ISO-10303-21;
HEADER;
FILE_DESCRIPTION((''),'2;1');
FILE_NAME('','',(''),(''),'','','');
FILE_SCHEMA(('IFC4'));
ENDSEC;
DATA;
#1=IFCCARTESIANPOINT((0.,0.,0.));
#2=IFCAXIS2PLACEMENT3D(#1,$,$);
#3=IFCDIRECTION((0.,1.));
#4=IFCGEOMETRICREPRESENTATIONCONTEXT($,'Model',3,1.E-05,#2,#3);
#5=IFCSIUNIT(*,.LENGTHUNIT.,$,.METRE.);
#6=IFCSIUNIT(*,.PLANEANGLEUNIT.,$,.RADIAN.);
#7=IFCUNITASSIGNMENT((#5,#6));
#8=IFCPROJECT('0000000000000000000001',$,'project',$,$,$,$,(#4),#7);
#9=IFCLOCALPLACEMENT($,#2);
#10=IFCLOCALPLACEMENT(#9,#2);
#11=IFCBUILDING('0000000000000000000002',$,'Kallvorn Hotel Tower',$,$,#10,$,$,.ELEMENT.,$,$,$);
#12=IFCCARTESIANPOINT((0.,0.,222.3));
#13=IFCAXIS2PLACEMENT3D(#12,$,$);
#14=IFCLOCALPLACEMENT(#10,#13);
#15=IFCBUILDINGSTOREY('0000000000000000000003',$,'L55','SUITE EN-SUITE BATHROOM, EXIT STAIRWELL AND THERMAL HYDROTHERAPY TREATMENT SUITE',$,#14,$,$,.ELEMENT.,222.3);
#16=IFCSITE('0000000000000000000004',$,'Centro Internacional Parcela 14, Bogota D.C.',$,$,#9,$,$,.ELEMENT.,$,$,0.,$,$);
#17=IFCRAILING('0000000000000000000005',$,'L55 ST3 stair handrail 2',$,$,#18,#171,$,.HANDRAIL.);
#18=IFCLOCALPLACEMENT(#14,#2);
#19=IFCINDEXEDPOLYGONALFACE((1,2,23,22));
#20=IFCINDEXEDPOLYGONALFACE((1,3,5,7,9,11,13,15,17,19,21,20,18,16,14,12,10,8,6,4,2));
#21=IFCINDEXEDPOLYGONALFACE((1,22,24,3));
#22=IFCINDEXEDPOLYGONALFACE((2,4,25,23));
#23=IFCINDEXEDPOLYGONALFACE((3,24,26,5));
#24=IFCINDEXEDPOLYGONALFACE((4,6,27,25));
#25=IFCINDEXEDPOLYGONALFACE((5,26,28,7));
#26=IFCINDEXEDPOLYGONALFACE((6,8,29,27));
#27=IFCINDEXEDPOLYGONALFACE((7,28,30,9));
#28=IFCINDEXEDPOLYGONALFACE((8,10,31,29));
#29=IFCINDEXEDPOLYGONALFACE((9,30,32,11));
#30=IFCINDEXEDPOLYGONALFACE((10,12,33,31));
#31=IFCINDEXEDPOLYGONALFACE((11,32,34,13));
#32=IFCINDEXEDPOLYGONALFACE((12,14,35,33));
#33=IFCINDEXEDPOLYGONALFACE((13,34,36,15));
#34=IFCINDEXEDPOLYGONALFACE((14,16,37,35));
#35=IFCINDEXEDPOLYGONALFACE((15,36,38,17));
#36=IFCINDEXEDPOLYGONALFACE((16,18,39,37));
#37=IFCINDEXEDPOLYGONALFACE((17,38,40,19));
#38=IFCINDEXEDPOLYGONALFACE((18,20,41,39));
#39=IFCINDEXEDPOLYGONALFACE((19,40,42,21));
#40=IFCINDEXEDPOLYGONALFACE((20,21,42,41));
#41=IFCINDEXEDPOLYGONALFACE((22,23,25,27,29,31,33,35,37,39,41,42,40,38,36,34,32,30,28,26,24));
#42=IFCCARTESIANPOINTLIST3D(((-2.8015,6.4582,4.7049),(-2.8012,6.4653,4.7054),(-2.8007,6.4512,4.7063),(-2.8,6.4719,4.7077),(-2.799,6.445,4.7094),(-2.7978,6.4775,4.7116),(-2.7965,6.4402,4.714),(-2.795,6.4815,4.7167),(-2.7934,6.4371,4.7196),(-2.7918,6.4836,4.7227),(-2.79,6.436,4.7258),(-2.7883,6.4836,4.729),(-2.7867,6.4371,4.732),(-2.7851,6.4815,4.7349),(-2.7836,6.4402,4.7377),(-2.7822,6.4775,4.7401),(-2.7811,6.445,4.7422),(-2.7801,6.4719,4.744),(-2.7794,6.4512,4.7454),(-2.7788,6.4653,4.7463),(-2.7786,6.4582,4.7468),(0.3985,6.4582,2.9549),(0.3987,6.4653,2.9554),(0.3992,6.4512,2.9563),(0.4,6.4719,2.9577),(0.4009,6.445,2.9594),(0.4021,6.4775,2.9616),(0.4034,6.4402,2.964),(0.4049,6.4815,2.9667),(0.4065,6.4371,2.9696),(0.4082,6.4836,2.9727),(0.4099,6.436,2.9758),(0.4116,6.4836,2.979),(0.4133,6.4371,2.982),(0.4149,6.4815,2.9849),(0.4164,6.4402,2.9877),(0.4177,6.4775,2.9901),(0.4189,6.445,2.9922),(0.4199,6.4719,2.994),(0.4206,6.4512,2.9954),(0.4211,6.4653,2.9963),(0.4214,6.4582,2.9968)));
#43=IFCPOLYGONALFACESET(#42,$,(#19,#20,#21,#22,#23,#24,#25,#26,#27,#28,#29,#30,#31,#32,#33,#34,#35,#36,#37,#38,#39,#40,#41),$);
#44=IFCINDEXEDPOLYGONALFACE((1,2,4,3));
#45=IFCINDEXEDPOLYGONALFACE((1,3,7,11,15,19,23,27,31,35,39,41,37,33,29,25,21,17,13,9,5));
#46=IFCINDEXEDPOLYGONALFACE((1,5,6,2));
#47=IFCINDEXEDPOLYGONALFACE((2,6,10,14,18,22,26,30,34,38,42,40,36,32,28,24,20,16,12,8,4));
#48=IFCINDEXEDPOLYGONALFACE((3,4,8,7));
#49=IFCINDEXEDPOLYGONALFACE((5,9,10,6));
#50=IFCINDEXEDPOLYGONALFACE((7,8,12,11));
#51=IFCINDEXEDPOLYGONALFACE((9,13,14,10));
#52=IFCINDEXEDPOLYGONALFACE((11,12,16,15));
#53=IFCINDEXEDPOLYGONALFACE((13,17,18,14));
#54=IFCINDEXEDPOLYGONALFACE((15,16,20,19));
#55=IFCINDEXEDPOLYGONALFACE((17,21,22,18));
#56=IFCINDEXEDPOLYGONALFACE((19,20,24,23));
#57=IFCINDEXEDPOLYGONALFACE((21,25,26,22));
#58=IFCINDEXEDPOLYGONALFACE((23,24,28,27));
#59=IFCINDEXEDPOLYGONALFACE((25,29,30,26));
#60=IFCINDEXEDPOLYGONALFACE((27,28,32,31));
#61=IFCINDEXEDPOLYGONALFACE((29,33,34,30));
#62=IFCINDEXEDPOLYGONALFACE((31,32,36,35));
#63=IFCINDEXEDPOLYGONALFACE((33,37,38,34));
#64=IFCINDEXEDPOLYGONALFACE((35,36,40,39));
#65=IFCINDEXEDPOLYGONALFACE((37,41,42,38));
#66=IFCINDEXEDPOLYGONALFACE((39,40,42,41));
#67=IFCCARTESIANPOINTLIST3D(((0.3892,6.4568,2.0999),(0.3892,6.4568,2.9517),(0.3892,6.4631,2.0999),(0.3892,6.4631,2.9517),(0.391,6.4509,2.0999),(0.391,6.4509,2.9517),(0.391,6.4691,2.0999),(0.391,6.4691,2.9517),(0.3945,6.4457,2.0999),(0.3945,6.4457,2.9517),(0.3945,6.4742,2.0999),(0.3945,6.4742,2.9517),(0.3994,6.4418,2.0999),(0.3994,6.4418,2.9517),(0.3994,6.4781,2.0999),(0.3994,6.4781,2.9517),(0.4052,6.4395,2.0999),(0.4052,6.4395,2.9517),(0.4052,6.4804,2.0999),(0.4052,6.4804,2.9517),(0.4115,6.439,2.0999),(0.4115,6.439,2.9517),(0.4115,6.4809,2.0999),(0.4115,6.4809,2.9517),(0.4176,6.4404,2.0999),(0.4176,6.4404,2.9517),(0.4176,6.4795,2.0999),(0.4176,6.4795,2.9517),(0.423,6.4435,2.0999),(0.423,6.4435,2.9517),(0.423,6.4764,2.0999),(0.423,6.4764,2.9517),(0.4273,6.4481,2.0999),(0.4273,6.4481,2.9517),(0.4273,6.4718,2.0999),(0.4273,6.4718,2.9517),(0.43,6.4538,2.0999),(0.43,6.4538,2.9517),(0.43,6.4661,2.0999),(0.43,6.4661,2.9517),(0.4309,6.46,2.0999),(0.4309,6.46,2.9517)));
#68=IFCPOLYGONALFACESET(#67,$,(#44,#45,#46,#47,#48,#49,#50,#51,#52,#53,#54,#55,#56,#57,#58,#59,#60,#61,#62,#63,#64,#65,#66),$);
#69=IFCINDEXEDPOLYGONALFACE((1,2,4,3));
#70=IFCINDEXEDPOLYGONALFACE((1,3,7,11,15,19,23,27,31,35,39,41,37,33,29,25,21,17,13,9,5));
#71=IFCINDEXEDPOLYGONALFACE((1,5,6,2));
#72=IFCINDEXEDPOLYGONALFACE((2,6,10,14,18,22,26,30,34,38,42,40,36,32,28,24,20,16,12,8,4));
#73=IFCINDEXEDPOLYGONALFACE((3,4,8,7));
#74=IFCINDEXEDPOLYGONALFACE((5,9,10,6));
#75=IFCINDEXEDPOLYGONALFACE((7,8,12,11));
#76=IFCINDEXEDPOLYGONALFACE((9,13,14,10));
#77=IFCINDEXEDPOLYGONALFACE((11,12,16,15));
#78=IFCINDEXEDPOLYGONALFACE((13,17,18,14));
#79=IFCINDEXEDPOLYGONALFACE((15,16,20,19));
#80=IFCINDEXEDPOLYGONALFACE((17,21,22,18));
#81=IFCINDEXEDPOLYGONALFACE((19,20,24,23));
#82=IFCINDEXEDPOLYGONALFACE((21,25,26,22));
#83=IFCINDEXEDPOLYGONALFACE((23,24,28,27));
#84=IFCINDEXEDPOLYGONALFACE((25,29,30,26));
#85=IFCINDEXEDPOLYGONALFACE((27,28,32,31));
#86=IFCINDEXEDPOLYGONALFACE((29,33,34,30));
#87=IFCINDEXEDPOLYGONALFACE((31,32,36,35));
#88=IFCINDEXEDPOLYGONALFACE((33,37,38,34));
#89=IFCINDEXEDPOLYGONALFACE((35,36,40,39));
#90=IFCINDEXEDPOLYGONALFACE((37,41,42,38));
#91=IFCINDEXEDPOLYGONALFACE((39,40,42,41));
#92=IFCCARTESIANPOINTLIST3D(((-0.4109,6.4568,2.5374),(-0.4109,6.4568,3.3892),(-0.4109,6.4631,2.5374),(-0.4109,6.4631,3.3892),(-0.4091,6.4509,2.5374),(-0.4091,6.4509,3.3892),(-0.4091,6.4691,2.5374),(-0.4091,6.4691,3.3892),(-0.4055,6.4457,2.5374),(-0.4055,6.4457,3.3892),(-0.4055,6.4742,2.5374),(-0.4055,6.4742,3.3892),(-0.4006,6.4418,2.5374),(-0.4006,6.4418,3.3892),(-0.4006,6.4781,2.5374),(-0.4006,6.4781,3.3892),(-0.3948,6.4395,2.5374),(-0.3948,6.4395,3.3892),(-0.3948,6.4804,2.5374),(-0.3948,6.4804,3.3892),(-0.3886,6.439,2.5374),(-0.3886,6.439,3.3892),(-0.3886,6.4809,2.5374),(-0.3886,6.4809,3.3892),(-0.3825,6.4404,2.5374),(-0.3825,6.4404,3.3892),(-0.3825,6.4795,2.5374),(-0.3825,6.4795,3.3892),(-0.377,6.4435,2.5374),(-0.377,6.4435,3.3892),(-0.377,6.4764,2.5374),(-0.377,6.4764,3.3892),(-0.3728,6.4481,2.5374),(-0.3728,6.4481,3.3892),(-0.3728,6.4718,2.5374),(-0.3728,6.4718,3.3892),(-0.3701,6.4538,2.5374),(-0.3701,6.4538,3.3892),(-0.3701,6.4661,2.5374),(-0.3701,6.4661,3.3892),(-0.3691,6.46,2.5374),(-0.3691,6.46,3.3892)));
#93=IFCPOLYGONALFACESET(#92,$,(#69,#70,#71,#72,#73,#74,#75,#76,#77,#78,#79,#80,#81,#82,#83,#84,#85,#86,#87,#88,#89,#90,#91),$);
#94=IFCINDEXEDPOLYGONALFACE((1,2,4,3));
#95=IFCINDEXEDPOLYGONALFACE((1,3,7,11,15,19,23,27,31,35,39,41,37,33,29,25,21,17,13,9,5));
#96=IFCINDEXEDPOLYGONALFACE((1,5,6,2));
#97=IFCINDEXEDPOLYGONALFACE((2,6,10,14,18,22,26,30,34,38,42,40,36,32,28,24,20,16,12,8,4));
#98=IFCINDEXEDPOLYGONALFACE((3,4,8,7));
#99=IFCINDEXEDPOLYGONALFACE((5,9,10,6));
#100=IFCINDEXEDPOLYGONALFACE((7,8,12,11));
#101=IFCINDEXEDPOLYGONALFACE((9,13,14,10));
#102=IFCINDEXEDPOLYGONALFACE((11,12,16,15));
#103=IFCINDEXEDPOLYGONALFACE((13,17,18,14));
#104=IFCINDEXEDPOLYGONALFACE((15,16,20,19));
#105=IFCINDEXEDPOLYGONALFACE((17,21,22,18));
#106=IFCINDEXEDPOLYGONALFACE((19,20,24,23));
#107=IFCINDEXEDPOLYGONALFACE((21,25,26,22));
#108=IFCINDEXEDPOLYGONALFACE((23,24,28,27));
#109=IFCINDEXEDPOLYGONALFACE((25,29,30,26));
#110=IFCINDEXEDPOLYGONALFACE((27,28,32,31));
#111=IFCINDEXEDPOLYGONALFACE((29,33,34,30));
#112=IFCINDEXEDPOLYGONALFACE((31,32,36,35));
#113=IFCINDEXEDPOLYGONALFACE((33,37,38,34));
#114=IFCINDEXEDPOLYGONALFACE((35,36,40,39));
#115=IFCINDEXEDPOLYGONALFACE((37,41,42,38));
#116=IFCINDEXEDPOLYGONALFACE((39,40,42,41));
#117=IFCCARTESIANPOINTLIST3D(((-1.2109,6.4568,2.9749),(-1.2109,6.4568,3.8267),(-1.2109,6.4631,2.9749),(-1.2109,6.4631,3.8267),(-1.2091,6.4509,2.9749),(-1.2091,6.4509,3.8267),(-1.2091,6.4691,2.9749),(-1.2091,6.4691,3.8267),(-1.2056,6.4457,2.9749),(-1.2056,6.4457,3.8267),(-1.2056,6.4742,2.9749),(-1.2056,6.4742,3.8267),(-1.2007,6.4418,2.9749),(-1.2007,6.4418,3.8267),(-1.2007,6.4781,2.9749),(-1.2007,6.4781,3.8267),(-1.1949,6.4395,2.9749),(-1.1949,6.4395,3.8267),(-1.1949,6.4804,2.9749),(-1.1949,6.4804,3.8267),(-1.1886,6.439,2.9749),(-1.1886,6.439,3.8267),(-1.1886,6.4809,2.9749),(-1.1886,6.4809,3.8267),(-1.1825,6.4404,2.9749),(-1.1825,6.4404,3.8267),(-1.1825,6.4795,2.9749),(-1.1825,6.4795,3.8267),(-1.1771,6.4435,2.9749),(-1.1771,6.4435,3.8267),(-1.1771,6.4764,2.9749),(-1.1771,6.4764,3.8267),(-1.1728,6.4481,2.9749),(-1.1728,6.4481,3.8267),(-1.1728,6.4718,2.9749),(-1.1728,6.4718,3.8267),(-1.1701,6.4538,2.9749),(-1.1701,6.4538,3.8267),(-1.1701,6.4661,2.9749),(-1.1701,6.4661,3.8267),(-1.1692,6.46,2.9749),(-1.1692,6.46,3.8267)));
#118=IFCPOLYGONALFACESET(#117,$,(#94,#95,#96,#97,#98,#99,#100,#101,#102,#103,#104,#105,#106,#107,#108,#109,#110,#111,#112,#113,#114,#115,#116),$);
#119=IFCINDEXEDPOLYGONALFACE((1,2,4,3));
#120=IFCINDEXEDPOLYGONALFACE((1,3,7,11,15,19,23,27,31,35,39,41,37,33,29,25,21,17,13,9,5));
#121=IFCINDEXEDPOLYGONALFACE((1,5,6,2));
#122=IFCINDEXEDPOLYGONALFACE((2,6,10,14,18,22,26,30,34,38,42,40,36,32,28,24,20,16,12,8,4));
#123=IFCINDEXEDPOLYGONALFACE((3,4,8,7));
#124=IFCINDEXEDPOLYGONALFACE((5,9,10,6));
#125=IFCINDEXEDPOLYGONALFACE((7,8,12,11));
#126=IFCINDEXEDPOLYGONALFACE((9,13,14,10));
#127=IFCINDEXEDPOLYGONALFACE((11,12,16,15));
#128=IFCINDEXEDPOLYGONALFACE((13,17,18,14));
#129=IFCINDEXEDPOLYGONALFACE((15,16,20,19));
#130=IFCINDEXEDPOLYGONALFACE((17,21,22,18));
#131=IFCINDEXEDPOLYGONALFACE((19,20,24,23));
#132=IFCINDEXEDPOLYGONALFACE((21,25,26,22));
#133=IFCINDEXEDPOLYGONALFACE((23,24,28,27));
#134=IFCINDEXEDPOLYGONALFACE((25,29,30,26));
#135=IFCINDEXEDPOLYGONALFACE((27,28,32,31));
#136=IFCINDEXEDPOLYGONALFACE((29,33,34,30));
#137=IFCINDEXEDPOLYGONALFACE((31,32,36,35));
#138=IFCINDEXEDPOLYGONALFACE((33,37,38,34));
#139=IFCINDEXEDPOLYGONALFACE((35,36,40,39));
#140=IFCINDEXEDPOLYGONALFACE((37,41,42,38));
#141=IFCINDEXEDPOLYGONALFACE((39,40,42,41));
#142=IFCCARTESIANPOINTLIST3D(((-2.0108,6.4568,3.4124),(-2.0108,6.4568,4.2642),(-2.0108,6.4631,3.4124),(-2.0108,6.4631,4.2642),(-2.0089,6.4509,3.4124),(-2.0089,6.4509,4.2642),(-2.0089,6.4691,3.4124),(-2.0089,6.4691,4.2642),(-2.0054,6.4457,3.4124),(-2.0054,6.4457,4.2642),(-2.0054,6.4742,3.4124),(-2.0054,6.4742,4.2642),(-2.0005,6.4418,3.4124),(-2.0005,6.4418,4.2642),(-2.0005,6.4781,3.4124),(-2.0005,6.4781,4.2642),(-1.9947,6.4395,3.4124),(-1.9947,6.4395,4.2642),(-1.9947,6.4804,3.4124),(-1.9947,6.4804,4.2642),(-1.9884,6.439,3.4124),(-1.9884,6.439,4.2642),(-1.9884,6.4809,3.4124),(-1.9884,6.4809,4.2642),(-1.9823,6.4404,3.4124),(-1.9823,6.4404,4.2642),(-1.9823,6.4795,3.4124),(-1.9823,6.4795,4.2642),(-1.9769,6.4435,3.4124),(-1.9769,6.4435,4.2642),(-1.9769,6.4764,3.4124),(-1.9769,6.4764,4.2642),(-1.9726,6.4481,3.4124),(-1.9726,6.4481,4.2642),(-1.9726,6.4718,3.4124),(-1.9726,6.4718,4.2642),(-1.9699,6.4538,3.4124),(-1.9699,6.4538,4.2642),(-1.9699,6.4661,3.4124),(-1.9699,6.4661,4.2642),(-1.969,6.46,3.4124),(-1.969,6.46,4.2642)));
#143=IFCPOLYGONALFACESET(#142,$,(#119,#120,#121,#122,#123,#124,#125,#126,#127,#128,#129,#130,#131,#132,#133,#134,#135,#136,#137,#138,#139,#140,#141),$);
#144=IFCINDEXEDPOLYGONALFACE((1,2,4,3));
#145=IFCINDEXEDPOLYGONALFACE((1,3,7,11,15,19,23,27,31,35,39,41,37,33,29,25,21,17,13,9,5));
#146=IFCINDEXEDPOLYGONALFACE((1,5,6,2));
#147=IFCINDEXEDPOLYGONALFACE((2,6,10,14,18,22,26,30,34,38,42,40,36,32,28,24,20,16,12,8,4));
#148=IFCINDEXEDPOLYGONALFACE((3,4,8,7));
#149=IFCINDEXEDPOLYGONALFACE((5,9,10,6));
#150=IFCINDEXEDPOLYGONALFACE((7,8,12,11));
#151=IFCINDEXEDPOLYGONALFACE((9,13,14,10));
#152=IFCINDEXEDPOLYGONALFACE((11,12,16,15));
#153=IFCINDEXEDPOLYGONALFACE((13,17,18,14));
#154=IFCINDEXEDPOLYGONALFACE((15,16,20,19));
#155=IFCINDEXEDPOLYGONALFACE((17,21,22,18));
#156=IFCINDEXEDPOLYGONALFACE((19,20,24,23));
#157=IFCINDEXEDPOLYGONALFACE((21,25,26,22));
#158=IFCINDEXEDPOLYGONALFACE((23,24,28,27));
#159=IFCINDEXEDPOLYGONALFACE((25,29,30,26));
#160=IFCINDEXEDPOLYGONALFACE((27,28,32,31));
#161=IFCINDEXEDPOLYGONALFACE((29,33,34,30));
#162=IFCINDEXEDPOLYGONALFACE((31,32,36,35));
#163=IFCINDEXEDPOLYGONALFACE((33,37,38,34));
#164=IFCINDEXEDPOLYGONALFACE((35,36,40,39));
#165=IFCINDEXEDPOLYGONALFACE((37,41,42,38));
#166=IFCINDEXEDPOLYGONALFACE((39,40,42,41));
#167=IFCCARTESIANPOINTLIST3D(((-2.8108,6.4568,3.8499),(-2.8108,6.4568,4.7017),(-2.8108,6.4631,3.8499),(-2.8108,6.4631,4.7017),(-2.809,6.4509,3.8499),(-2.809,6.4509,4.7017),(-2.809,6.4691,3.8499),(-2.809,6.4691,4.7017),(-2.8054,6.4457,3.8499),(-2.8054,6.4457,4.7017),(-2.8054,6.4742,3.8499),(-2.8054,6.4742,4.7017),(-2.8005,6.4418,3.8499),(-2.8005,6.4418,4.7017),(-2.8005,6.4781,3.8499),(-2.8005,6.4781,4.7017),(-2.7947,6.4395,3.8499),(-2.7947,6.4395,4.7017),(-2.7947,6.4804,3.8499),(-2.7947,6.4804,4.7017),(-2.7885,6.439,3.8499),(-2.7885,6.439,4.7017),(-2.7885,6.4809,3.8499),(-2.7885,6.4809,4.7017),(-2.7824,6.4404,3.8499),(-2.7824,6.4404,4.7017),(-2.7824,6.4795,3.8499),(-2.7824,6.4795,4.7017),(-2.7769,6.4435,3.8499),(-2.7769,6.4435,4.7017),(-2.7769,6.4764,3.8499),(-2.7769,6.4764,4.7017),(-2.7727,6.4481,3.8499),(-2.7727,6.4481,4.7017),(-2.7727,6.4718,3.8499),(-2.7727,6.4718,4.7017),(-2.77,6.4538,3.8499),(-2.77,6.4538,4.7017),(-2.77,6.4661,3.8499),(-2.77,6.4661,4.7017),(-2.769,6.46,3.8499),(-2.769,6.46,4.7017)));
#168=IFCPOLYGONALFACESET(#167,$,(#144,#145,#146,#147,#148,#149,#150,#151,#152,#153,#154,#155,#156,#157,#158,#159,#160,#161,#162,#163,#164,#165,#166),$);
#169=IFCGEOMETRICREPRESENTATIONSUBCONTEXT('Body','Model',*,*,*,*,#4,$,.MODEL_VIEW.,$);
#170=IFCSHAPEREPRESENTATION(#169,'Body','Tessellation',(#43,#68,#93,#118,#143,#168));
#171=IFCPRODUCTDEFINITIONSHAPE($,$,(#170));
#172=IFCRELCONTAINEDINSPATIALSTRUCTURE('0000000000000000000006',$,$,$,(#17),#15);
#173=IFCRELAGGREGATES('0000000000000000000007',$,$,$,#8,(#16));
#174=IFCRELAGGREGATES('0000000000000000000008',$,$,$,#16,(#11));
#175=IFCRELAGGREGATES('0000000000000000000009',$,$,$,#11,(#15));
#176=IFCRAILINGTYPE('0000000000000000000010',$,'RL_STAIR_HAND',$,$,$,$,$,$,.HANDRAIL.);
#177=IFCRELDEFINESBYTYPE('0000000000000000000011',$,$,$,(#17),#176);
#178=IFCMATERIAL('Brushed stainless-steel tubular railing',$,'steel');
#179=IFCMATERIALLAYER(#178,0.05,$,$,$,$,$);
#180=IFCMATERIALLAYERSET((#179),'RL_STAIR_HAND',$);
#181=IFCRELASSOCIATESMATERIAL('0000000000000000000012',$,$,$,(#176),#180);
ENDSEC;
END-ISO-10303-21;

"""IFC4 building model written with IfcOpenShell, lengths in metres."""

from ifc_helpers import new_model, si_unit, direction, frame, origin, origin_2d, place, context, subcontext, project, spatial, circle, extrude, material, layer, layer_set, type_object, element, save


model = new_model("IFC4")

# Units and contexts
model_context = context("Model", 3, precision=1e-05, world=origin(), true_north=direction((0.0, 1.0)))
body_context = subcontext(model_context, "Body", "Model", "MODEL_VIEW")
ifc_project = project(units=[si_unit("LENGTHUNIT", "METRE"), si_unit("PLANEANGLEUNIT", "RADIAN")], contexts=[model_context])

# Site, building, storey
site_placement = place(None, origin())
site = spatial("IfcSite", under=ifc_project, at=site_placement, Name="Centro Internacional Parcela 14, Bogota D.C.", CompositionType="ELEMENT", RefElevation=0.0)
building_placement = place(site_placement, origin())
building = spatial("IfcBuilding", under=site, at=building_placement, Name="Kallvorn Hotel Tower", CompositionType="ELEMENT")
storey_placement = place(building_placement, frame((0.0, 0.0, 222.3)))
storey = spatial("IfcBuildingStorey", under=building, at=storey_placement, Name="L55", Description="SUITE EN-SUITE BATHROOM, EXIT STAIRWELL AND THERMAL HYDROTHERAPY TREATMENT SUITE", CompositionType="ELEMENT", Elevation=222.3)

# Railing
ifc_material_1 = material(Name="Brushed stainless-steel tubular railing", Category="steel")
ifc_layer_1 = layer(ifc_material_1, 0.05)
ifc_layer_set_1 = layer_set([ifc_layer_1], Name="RL_STAIR_HAND")
railing_type_1 = type_object("IfcRailingType", Name="RL_STAIR_HAND", PredefinedType="HANDRAIL", material=ifc_layer_set_1)
railing_1_placement = place(storey_placement, frame((0.4099, 6.46, 2.0999)))
element("IfcRailing", 1, at=railing_1_placement, inside=storey, type_object=railing_type_1, Name="L55 ST3 stair handrail 2", PredefinedType="HANDRAIL", context=body_context, shape_type="SweptSolid", body=[
    extrude(circle(Radius=0.0239, at=origin_2d()), frame((0.0, 0.0, 0.876), z_axis=(-0.877368, 0.0, 0.479818), x_axis=(0.0, -1.0, 0.0)), (0.0, 0.0, 1.0), 3.6472),
    extrude(circle(Radius=0.021, at=origin_2d()), origin(), (0.0, 0.0, 1.0), 0.8518),
    extrude(circle(Radius=0.021, at=origin_2d()), frame((-0.8, 0.0, 0.4375)), (0.0, 0.0, 1.0), 0.8518),
    extrude(circle(Radius=0.021, at=origin_2d()), frame((-1.6001, 0.0, 0.875)), (0.0, 0.0, 1.0), 0.8518),
    extrude(circle(Radius=0.021, at=origin_2d()), frame((-2.3999, 0.0, 1.3125)), (0.0, 0.0, 1.0), 0.8518),
    extrude(circle(Radius=0.021, at=origin_2d()), frame((-3.2, 0.0, 1.75)), (0.0, 0.0, 1.0), 0.8518),
])

save(model, "model.ifc")
